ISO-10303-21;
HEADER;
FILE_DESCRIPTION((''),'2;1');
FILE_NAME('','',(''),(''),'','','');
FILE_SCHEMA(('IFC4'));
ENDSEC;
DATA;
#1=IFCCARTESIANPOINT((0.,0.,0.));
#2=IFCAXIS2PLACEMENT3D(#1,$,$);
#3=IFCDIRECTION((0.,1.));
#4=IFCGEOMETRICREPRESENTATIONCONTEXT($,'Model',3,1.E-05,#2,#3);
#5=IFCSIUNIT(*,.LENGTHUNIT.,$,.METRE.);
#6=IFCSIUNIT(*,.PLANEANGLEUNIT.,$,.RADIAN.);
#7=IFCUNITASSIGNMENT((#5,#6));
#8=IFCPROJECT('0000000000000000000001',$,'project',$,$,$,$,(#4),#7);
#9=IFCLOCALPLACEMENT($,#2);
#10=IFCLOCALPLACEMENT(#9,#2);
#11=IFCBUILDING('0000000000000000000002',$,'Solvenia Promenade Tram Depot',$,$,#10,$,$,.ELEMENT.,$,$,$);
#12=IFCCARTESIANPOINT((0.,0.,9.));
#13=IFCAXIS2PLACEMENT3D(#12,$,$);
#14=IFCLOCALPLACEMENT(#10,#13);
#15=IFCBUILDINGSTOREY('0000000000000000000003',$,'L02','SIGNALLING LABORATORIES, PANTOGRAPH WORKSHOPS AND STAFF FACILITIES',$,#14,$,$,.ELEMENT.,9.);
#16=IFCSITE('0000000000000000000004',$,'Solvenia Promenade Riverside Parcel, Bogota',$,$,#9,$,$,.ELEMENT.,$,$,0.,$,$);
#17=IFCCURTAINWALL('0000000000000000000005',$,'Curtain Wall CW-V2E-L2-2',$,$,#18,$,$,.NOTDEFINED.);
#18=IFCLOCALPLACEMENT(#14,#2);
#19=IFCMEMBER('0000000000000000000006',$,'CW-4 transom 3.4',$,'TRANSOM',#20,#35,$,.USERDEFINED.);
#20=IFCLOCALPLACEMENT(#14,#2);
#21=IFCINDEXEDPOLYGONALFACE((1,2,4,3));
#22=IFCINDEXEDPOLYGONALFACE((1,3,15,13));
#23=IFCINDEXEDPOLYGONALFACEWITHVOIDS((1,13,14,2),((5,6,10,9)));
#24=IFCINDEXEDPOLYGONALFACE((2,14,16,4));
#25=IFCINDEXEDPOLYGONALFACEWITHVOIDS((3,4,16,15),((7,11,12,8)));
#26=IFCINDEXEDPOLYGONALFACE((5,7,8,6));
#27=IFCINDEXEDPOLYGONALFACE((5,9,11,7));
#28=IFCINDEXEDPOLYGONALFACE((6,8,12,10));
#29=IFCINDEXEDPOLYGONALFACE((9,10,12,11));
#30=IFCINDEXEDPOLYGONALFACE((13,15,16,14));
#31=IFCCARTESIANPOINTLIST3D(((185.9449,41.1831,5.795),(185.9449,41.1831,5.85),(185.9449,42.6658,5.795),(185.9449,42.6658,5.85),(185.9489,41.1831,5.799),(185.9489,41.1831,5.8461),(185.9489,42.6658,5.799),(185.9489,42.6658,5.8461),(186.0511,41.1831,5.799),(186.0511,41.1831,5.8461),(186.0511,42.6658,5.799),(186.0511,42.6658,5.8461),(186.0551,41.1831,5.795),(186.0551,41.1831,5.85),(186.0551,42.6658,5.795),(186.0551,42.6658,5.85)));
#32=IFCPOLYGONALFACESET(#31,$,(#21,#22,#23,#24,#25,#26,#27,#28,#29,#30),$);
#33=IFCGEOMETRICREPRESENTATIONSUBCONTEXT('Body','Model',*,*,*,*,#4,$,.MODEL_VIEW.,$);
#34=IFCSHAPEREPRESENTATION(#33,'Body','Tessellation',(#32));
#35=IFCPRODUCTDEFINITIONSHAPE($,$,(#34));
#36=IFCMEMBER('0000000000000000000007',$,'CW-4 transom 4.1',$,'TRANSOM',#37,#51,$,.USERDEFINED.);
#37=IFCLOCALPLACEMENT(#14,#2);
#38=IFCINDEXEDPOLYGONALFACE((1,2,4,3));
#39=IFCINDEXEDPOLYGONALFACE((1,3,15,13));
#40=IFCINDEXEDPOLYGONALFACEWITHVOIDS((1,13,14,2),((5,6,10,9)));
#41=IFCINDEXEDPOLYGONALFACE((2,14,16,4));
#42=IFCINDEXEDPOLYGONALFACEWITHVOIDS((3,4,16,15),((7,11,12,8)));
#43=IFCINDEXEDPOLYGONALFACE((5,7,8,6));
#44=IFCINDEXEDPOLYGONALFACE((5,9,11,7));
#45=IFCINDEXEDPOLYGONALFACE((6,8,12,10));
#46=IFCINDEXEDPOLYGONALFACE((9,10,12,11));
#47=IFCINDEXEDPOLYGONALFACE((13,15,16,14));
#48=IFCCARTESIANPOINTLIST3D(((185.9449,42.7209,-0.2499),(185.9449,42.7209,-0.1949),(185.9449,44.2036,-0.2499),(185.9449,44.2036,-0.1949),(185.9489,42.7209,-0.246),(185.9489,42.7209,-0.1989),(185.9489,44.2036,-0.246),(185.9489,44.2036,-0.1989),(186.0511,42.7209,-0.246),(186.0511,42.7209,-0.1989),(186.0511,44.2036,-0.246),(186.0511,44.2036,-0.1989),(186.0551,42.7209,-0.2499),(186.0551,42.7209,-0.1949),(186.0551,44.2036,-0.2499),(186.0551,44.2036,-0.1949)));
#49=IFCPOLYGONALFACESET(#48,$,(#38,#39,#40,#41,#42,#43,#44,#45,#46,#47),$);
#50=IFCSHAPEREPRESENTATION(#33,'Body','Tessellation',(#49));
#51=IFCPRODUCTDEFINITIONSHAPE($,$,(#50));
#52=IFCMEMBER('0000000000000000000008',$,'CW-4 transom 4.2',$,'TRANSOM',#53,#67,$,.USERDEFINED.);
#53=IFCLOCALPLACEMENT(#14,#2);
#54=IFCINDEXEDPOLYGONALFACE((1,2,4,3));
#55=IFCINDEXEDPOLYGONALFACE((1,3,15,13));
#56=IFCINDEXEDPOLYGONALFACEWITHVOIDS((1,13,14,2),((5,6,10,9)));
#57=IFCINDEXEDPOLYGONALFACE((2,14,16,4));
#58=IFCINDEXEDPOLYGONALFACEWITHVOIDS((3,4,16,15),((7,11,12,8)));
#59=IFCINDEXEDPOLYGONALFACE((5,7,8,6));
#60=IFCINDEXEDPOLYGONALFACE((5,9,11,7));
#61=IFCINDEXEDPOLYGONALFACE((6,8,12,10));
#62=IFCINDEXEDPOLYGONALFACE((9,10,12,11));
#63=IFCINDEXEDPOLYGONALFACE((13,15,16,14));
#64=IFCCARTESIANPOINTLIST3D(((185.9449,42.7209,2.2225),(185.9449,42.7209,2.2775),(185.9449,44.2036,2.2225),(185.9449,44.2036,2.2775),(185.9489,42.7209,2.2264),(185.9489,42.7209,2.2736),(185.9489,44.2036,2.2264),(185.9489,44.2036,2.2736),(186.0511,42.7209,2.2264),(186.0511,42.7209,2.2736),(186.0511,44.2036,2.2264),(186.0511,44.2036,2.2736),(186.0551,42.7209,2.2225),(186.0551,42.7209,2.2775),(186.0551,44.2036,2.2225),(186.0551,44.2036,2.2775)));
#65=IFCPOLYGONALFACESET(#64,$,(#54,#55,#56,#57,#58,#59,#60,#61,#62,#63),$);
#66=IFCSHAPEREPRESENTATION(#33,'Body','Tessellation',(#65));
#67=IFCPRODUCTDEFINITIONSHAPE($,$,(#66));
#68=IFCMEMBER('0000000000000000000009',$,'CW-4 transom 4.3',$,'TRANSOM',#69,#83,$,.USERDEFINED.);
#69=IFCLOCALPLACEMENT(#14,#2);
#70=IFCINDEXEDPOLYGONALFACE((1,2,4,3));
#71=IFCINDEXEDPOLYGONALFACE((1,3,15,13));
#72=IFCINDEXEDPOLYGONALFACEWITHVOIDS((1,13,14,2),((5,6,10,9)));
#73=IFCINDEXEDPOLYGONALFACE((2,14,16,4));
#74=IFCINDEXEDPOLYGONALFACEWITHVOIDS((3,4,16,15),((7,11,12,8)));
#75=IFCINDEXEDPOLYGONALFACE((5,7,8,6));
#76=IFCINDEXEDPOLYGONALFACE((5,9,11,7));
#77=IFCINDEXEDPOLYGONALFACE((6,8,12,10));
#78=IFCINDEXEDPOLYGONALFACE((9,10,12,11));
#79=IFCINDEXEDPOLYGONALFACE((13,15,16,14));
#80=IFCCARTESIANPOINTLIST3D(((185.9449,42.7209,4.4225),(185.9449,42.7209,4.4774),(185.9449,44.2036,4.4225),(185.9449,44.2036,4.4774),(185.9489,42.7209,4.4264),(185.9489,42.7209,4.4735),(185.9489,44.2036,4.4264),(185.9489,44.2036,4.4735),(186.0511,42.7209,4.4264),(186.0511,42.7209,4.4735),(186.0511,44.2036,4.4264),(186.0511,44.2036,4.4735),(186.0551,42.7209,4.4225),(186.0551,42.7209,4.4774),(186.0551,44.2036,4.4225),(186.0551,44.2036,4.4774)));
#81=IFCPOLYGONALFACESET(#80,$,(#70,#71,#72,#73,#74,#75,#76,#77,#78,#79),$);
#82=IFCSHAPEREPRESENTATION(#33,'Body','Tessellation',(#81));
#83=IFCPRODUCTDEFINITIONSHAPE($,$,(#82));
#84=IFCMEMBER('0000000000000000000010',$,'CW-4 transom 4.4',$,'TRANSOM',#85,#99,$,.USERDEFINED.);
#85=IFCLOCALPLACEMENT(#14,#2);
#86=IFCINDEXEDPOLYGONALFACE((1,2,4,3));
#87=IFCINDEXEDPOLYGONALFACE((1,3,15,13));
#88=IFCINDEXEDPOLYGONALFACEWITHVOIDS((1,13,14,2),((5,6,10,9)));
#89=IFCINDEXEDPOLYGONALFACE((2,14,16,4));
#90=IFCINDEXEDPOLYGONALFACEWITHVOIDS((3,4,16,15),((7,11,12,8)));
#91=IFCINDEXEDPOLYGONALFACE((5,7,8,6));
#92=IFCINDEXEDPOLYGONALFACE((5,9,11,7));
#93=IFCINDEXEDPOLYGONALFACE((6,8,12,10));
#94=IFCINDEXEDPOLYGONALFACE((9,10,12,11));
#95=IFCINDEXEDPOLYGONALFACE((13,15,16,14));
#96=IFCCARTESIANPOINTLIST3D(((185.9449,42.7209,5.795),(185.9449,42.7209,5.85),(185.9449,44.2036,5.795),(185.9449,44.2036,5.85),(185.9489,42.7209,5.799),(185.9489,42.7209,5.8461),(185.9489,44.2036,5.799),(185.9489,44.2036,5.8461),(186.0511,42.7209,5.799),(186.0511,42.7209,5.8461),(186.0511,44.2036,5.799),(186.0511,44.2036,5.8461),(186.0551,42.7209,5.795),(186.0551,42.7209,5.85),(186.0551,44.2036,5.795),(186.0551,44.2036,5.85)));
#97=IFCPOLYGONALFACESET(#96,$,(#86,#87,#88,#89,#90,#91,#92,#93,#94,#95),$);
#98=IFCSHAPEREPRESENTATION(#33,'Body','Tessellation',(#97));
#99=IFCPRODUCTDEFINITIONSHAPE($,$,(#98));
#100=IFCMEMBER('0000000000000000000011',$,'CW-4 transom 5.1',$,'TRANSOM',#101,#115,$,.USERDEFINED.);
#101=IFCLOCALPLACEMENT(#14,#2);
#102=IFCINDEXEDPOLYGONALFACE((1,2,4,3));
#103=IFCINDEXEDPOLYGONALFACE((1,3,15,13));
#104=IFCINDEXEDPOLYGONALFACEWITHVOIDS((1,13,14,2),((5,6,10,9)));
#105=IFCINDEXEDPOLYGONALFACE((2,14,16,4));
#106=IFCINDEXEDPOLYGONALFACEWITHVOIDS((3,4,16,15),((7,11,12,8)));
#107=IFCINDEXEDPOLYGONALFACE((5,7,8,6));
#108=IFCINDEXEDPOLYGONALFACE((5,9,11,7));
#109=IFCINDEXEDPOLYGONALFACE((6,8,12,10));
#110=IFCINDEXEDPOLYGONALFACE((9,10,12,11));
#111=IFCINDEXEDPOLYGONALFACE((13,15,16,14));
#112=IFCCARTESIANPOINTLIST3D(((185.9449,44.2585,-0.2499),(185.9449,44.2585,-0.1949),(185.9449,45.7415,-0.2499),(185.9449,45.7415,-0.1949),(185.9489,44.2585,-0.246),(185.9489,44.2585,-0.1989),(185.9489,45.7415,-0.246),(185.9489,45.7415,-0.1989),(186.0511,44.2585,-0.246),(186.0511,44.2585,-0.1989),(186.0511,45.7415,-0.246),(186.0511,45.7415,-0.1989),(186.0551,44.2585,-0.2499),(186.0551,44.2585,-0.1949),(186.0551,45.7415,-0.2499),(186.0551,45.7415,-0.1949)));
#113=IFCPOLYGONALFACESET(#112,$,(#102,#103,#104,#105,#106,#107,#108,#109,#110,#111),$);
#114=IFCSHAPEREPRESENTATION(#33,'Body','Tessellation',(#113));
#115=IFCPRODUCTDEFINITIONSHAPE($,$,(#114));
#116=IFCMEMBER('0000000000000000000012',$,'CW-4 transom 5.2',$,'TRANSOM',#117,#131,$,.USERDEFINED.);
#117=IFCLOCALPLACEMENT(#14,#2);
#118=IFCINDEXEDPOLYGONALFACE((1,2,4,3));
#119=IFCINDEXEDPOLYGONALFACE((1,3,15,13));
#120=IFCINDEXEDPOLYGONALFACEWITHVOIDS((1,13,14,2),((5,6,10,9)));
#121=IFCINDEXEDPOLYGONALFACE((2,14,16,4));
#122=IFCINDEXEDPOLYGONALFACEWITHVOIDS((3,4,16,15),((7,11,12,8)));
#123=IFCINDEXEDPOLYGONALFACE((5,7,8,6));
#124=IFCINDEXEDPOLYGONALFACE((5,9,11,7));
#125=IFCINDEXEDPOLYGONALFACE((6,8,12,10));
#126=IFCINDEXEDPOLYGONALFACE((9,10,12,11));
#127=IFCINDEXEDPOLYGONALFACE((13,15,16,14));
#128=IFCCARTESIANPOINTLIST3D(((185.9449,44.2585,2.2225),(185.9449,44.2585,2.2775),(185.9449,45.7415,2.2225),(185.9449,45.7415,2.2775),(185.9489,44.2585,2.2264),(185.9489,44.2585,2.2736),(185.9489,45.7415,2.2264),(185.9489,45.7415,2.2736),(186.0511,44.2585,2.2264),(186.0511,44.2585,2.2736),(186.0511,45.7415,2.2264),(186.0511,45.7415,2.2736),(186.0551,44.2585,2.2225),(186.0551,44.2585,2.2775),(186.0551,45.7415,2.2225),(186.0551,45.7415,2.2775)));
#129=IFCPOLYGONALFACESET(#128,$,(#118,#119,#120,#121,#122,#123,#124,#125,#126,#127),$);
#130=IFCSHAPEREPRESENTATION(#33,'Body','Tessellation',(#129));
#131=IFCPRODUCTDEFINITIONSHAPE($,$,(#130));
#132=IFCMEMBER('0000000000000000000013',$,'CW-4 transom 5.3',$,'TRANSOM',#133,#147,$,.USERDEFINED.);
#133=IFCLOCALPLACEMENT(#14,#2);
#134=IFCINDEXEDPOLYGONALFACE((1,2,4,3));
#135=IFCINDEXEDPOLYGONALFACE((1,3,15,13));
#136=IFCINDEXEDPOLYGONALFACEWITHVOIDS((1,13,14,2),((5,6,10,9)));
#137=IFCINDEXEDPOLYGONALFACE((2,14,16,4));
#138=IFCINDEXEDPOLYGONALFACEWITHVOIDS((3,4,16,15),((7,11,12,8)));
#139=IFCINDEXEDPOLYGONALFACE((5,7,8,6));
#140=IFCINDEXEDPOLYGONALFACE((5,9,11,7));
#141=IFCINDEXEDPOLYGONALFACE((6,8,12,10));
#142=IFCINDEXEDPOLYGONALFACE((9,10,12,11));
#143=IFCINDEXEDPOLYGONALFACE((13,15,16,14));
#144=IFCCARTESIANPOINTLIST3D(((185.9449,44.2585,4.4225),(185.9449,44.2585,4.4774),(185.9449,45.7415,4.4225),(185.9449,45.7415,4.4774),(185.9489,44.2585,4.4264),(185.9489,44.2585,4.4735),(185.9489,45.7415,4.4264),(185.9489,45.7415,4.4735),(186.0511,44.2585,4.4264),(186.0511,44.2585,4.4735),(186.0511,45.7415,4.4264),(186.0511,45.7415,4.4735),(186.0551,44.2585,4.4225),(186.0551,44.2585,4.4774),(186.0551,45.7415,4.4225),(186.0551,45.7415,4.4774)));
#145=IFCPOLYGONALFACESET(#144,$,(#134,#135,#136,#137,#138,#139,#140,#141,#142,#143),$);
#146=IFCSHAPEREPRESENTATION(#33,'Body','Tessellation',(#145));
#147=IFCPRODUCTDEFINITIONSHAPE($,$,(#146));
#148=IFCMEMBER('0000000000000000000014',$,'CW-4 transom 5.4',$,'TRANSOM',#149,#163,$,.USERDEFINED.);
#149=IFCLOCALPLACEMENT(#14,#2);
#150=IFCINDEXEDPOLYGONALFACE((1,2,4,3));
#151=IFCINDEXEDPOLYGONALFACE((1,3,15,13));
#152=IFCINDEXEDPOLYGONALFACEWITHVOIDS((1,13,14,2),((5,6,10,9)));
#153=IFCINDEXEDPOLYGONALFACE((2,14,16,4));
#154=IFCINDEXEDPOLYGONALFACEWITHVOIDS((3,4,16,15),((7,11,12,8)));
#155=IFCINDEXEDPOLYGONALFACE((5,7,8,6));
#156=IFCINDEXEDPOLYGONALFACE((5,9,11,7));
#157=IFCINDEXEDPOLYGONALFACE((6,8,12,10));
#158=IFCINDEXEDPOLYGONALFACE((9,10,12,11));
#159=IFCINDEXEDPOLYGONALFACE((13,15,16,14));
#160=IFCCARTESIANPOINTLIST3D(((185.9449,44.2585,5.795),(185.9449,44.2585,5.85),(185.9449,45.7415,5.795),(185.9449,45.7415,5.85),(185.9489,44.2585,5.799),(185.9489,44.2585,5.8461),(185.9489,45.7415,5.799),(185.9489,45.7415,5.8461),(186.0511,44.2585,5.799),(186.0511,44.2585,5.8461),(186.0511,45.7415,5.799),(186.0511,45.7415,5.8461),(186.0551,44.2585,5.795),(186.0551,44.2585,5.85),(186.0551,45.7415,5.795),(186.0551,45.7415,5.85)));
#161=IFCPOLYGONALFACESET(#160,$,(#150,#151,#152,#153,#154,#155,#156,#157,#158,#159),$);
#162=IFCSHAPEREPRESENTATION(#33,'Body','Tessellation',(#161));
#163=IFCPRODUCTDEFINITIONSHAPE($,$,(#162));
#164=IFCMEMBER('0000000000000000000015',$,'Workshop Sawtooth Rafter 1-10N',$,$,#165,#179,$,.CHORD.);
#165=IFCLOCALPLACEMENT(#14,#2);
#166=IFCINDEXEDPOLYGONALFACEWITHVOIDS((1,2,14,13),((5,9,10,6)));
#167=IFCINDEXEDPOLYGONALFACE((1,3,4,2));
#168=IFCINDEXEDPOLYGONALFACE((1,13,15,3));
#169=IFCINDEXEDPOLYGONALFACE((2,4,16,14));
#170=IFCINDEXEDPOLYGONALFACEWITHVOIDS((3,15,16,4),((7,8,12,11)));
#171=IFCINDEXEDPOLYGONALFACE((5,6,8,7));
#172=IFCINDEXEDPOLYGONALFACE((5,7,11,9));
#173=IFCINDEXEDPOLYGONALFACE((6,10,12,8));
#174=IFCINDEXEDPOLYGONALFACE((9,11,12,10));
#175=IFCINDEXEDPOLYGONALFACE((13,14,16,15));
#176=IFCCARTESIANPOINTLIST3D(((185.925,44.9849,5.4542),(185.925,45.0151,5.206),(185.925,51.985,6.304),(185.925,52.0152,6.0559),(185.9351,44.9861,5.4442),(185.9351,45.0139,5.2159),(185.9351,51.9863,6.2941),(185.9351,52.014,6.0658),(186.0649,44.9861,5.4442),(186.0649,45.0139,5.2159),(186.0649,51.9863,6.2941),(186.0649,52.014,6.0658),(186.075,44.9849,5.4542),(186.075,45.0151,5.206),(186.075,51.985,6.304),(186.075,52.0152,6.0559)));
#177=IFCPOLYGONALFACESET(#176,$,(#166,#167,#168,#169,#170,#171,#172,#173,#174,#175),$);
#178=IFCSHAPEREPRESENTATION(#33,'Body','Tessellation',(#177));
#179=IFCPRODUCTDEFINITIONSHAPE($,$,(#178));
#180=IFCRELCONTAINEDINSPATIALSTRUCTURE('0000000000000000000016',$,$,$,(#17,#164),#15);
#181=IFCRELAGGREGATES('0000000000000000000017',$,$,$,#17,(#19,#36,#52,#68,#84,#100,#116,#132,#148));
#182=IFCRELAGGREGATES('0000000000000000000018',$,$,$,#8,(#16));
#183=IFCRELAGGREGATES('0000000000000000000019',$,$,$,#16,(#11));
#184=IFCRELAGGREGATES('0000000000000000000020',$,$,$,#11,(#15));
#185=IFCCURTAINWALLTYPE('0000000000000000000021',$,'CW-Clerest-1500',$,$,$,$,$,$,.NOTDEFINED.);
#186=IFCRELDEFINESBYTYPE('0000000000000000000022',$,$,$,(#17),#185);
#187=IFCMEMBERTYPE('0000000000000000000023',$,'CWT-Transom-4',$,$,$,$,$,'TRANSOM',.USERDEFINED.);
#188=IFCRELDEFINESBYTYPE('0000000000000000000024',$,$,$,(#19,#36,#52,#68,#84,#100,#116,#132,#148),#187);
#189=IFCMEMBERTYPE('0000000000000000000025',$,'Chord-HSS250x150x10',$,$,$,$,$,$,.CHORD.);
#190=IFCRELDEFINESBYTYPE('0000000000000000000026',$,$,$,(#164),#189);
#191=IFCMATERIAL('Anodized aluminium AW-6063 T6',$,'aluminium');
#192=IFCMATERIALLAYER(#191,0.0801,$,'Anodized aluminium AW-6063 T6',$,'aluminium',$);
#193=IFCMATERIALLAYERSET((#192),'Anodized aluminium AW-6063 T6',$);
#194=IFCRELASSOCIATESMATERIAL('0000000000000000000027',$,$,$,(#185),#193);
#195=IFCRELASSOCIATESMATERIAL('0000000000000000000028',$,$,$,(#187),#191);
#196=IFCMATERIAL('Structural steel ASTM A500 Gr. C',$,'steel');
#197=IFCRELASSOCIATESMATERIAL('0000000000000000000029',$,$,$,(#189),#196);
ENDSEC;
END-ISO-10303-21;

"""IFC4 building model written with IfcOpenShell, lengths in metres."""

from ifc_helpers import new_model, si_unit, direction, frame, origin, origin_2d, place, context, subcontext, project, spatial, hollow_rectangle, extrude, material, layer, layer_set, material_profile, profile_set, type_object, element, aggregate, save


model = new_model("IFC4")

# Units and contexts
model_context = context("Model", 3, precision=1e-05, world=origin(), true_north=direction((0.0, 1.0)))
body_context = subcontext(model_context, "Body", "Model", "MODEL_VIEW")
ifc_project = project(units=[si_unit("LENGTHUNIT", "METRE"), si_unit("PLANEANGLEUNIT", "RADIAN")], contexts=[model_context])

# Site, building, storey
site_placement = place(None, origin())
site = spatial("IfcSite", under=ifc_project, at=site_placement, Name="Solvenia Promenade Riverside Parcel, Bogota", CompositionType="ELEMENT", RefElevation=0.0)
building_placement = place(site_placement, origin())
building = spatial("IfcBuilding", under=site, at=building_placement, Name="Solvenia Promenade Tram Depot", CompositionType="ELEMENT")
storey_placement = place(building_placement, frame((0.0, 0.0, 9.0)))
storey = spatial("IfcBuildingStorey", under=building, at=storey_placement, Name="L02", Description="SIGNALLING LABORATORIES, PANTOGRAPH WORKSHOPS AND STAFF FACILITIES", CompositionType="ELEMENT", Elevation=9.0)

# Curtain wall, members
ifc_material_1 = material(Name="Anodized aluminium AW-6063 T6", Category="aluminium")
ifc_layer_1 = layer(ifc_material_1, 0.0801, Name="Anodized aluminium AW-6063 T6", Category="aluminium")
ifc_layer_set_1 = layer_set([ifc_layer_1], Name="Anodized aluminium AW-6063 T6")
curtain_wall_type = type_object("IfcCurtainWallType", Name="CW-Clerest-1500", PredefinedType="NOTDEFINED", material=ifc_layer_set_1)
curtain_wall_placement = place(storey_placement, origin())
curtain_wall = element("IfcCurtainWall", 1, at=curtain_wall_placement, inside=storey, type_object=curtain_wall_type, Name="Curtain Wall CW-V2E-L2-2", PredefinedType="NOTDEFINED")
ifc_material_profile_1 = material_profile(ifc_material_1, hollow_rectangle(XDim=0.1101, YDim=0.0549, WallThickness=0.0039, at=origin_2d()), Name="ALU-T4", Category="aluminium")
ifc_profile_set_1 = profile_set([ifc_material_profile_1], Name="Anodized aluminium AW-6063 T6")
member_type_1 = type_object("IfcMemberType", Name="CWT-Transom-4", ElementType="TRANSOM", PredefinedType="USERDEFINED", material=ifc_profile_set_1)
member_1_placement = place(storey_placement, frame((186.0, 41.1831, 5.8225), z_axis=(0.0, 1.0, 0.0), x_axis=(-1.0, 0.0, 0.0)))
member_1 = element("IfcMember", 2, at=member_1_placement, type_object=member_type_1, Name="CW-4 transom 3.4", ObjectType="TRANSOM", PredefinedType="USERDEFINED", context=body_context, shape_type="SweptSolid", body=[
    extrude(hollow_rectangle(XDim=0.1101, YDim=0.0549, WallThickness=0.0039, at=origin_2d()), origin(), (0.0, 0.0, 1.0), 1.4827),
])
member_2_placement = place(storey_placement, frame((186.0, 42.7209, -0.2224), z_axis=(0.0, 1.0, 0.0), x_axis=(-1.0, 0.0, 0.0)))
member_2 = element("IfcMember", 3, at=member_2_placement, type_object=member_type_1, Name="CW-4 transom 4.1", ObjectType="TRANSOM", PredefinedType="USERDEFINED", context=body_context, shape_type="SweptSolid", body=[
    extrude(hollow_rectangle(XDim=0.1101, YDim=0.0549, WallThickness=0.0039, at=origin_2d()), origin(), (0.0, 0.0, 1.0), 1.4827),
])
member_3_placement = place(storey_placement, frame((186.0, 42.7209, 2.25), z_axis=(0.0, 1.0, 0.0), x_axis=(-1.0, 0.0, 0.0)))
member_3 = element("IfcMember", 4, at=member_3_placement, type_object=member_type_1, Name="CW-4 transom 4.2", ObjectType="TRANSOM", PredefinedType="USERDEFINED", context=body_context, shape_type="SweptSolid", body=[
    extrude(hollow_rectangle(XDim=0.1101, YDim=0.0549, WallThickness=0.0039, at=origin_2d()), origin(), (0.0, 0.0, 1.0), 1.4827),
])
member_4_placement = place(storey_placement, frame((186.0, 42.7209, 4.45), z_axis=(0.0, 1.0, 0.0), x_axis=(-1.0, 0.0, 0.0)))
member_4 = element("IfcMember", 5, at=member_4_placement, type_object=member_type_1, Name="CW-4 transom 4.3", ObjectType="TRANSOM", PredefinedType="USERDEFINED", context=body_context, shape_type="SweptSolid", body=[
    extrude(hollow_rectangle(XDim=0.1101, YDim=0.0549, WallThickness=0.0039, at=origin_2d()), origin(), (0.0, 0.0, 1.0), 1.4827),
])
member_5_placement = place(storey_placement, frame((186.0, 42.7209, 5.8225), z_axis=(0.0, 1.0, 0.0), x_axis=(-1.0, 0.0, 0.0)))
member_5 = element("IfcMember", 6, at=member_5_placement, type_object=member_type_1, Name="CW-4 transom 4.4", ObjectType="TRANSOM", PredefinedType="USERDEFINED", context=body_context, shape_type="SweptSolid", body=[
    extrude(hollow_rectangle(XDim=0.1101, YDim=0.0549, WallThickness=0.0039, at=origin_2d()), origin(), (0.0, 0.0, 1.0), 1.4827),
])
member_6_placement = place(storey_placement, frame((186.0, 44.2585, -0.2224), z_axis=(0.0, 1.0, 0.0), x_axis=(-1.0, 0.0, 0.0)))
member_6 = element("IfcMember", 7, at=member_6_placement, type_object=member_type_1, Name="CW-4 transom 5.1", ObjectType="TRANSOM", PredefinedType="USERDEFINED", context=body_context, shape_type="SweptSolid", body=[
    extrude(hollow_rectangle(XDim=0.1101, YDim=0.0549, WallThickness=0.0039, at=origin_2d()), origin(), (0.0, 0.0, 1.0), 1.4829),
])
member_7_placement = place(storey_placement, frame((186.0, 44.2585, 2.25), z_axis=(0.0, 1.0, 0.0), x_axis=(-1.0, 0.0, 0.0)))
member_7 = element("IfcMember", 8, at=member_7_placement, type_object=member_type_1, Name="CW-4 transom 5.2", ObjectType="TRANSOM", PredefinedType="USERDEFINED", context=body_context, shape_type="SweptSolid", body=[
    extrude(hollow_rectangle(XDim=0.1101, YDim=0.0549, WallThickness=0.0039, at=origin_2d()), origin(), (0.0, 0.0, 1.0), 1.4829),
])
member_8_placement = place(storey_placement, frame((186.0, 44.2585, 4.45), z_axis=(0.0, 1.0, 0.0), x_axis=(-1.0, 0.0, 0.0)))
member_8 = element("IfcMember", 9, at=member_8_placement, type_object=member_type_1, Name="CW-4 transom 5.3", ObjectType="TRANSOM", PredefinedType="USERDEFINED", context=body_context, shape_type="SweptSolid", body=[
    extrude(hollow_rectangle(XDim=0.1101, YDim=0.0549, WallThickness=0.0039, at=origin_2d()), origin(), (0.0, 0.0, 1.0), 1.4829),
])
member_9_placement = place(storey_placement, frame((186.0, 44.2585, 5.8225), z_axis=(0.0, 1.0, 0.0), x_axis=(-1.0, 0.0, 0.0)))
member_9 = element("IfcMember", 10, at=member_9_placement, type_object=member_type_1, Name="CW-4 transom 5.4", ObjectType="TRANSOM", PredefinedType="USERDEFINED", context=body_context, shape_type="SweptSolid", body=[
    extrude(hollow_rectangle(XDim=0.1101, YDim=0.0549, WallThickness=0.0039, at=origin_2d()), origin(), (0.0, 0.0, 1.0), 1.4829),
])

# Member
ifc_material_2 = material(Name="Structural steel ASTM A500 Gr. C", Category="steel")
ifc_material_profile_2 = material_profile(ifc_material_2, hollow_rectangle(XDim=0.1499, YDim=0.25, WallThickness=0.01, at=origin_2d()), Name="HSS250x150x10", Category="steel")
ifc_profile_set_2 = profile_set([ifc_material_profile_2], Name="Structural steel ASTM A500 Gr. C")
member_type_2 = type_object("IfcMemberType", Name="Chord-HSS250x150x10", PredefinedType="CHORD", material=ifc_profile_set_2)
member_10_placement = place(storey_placement, frame((186.0, 45.0, 5.3301), z_axis=(0.0, 0.992711, 0.120523), x_axis=(-1.0, 0.0, 0.0)))
element("IfcMember", 11, at=member_10_placement, inside=storey, type_object=member_type_2, Name="Workshop Sawtooth Rafter 1-10N", PredefinedType="CHORD", context=body_context, shape_type="SweptSolid", body=[
    extrude(hollow_rectangle(XDim=0.1499, YDim=0.25, WallThickness=0.01, at=origin_2d()), origin(), (0.0, 0.0, 1.0), 7.0515),
])

aggregate(curtain_wall, [member_1, member_2, member_3, member_4, member_5, member_6, member_7, member_8, member_9])

save(model, "model.ifc")
